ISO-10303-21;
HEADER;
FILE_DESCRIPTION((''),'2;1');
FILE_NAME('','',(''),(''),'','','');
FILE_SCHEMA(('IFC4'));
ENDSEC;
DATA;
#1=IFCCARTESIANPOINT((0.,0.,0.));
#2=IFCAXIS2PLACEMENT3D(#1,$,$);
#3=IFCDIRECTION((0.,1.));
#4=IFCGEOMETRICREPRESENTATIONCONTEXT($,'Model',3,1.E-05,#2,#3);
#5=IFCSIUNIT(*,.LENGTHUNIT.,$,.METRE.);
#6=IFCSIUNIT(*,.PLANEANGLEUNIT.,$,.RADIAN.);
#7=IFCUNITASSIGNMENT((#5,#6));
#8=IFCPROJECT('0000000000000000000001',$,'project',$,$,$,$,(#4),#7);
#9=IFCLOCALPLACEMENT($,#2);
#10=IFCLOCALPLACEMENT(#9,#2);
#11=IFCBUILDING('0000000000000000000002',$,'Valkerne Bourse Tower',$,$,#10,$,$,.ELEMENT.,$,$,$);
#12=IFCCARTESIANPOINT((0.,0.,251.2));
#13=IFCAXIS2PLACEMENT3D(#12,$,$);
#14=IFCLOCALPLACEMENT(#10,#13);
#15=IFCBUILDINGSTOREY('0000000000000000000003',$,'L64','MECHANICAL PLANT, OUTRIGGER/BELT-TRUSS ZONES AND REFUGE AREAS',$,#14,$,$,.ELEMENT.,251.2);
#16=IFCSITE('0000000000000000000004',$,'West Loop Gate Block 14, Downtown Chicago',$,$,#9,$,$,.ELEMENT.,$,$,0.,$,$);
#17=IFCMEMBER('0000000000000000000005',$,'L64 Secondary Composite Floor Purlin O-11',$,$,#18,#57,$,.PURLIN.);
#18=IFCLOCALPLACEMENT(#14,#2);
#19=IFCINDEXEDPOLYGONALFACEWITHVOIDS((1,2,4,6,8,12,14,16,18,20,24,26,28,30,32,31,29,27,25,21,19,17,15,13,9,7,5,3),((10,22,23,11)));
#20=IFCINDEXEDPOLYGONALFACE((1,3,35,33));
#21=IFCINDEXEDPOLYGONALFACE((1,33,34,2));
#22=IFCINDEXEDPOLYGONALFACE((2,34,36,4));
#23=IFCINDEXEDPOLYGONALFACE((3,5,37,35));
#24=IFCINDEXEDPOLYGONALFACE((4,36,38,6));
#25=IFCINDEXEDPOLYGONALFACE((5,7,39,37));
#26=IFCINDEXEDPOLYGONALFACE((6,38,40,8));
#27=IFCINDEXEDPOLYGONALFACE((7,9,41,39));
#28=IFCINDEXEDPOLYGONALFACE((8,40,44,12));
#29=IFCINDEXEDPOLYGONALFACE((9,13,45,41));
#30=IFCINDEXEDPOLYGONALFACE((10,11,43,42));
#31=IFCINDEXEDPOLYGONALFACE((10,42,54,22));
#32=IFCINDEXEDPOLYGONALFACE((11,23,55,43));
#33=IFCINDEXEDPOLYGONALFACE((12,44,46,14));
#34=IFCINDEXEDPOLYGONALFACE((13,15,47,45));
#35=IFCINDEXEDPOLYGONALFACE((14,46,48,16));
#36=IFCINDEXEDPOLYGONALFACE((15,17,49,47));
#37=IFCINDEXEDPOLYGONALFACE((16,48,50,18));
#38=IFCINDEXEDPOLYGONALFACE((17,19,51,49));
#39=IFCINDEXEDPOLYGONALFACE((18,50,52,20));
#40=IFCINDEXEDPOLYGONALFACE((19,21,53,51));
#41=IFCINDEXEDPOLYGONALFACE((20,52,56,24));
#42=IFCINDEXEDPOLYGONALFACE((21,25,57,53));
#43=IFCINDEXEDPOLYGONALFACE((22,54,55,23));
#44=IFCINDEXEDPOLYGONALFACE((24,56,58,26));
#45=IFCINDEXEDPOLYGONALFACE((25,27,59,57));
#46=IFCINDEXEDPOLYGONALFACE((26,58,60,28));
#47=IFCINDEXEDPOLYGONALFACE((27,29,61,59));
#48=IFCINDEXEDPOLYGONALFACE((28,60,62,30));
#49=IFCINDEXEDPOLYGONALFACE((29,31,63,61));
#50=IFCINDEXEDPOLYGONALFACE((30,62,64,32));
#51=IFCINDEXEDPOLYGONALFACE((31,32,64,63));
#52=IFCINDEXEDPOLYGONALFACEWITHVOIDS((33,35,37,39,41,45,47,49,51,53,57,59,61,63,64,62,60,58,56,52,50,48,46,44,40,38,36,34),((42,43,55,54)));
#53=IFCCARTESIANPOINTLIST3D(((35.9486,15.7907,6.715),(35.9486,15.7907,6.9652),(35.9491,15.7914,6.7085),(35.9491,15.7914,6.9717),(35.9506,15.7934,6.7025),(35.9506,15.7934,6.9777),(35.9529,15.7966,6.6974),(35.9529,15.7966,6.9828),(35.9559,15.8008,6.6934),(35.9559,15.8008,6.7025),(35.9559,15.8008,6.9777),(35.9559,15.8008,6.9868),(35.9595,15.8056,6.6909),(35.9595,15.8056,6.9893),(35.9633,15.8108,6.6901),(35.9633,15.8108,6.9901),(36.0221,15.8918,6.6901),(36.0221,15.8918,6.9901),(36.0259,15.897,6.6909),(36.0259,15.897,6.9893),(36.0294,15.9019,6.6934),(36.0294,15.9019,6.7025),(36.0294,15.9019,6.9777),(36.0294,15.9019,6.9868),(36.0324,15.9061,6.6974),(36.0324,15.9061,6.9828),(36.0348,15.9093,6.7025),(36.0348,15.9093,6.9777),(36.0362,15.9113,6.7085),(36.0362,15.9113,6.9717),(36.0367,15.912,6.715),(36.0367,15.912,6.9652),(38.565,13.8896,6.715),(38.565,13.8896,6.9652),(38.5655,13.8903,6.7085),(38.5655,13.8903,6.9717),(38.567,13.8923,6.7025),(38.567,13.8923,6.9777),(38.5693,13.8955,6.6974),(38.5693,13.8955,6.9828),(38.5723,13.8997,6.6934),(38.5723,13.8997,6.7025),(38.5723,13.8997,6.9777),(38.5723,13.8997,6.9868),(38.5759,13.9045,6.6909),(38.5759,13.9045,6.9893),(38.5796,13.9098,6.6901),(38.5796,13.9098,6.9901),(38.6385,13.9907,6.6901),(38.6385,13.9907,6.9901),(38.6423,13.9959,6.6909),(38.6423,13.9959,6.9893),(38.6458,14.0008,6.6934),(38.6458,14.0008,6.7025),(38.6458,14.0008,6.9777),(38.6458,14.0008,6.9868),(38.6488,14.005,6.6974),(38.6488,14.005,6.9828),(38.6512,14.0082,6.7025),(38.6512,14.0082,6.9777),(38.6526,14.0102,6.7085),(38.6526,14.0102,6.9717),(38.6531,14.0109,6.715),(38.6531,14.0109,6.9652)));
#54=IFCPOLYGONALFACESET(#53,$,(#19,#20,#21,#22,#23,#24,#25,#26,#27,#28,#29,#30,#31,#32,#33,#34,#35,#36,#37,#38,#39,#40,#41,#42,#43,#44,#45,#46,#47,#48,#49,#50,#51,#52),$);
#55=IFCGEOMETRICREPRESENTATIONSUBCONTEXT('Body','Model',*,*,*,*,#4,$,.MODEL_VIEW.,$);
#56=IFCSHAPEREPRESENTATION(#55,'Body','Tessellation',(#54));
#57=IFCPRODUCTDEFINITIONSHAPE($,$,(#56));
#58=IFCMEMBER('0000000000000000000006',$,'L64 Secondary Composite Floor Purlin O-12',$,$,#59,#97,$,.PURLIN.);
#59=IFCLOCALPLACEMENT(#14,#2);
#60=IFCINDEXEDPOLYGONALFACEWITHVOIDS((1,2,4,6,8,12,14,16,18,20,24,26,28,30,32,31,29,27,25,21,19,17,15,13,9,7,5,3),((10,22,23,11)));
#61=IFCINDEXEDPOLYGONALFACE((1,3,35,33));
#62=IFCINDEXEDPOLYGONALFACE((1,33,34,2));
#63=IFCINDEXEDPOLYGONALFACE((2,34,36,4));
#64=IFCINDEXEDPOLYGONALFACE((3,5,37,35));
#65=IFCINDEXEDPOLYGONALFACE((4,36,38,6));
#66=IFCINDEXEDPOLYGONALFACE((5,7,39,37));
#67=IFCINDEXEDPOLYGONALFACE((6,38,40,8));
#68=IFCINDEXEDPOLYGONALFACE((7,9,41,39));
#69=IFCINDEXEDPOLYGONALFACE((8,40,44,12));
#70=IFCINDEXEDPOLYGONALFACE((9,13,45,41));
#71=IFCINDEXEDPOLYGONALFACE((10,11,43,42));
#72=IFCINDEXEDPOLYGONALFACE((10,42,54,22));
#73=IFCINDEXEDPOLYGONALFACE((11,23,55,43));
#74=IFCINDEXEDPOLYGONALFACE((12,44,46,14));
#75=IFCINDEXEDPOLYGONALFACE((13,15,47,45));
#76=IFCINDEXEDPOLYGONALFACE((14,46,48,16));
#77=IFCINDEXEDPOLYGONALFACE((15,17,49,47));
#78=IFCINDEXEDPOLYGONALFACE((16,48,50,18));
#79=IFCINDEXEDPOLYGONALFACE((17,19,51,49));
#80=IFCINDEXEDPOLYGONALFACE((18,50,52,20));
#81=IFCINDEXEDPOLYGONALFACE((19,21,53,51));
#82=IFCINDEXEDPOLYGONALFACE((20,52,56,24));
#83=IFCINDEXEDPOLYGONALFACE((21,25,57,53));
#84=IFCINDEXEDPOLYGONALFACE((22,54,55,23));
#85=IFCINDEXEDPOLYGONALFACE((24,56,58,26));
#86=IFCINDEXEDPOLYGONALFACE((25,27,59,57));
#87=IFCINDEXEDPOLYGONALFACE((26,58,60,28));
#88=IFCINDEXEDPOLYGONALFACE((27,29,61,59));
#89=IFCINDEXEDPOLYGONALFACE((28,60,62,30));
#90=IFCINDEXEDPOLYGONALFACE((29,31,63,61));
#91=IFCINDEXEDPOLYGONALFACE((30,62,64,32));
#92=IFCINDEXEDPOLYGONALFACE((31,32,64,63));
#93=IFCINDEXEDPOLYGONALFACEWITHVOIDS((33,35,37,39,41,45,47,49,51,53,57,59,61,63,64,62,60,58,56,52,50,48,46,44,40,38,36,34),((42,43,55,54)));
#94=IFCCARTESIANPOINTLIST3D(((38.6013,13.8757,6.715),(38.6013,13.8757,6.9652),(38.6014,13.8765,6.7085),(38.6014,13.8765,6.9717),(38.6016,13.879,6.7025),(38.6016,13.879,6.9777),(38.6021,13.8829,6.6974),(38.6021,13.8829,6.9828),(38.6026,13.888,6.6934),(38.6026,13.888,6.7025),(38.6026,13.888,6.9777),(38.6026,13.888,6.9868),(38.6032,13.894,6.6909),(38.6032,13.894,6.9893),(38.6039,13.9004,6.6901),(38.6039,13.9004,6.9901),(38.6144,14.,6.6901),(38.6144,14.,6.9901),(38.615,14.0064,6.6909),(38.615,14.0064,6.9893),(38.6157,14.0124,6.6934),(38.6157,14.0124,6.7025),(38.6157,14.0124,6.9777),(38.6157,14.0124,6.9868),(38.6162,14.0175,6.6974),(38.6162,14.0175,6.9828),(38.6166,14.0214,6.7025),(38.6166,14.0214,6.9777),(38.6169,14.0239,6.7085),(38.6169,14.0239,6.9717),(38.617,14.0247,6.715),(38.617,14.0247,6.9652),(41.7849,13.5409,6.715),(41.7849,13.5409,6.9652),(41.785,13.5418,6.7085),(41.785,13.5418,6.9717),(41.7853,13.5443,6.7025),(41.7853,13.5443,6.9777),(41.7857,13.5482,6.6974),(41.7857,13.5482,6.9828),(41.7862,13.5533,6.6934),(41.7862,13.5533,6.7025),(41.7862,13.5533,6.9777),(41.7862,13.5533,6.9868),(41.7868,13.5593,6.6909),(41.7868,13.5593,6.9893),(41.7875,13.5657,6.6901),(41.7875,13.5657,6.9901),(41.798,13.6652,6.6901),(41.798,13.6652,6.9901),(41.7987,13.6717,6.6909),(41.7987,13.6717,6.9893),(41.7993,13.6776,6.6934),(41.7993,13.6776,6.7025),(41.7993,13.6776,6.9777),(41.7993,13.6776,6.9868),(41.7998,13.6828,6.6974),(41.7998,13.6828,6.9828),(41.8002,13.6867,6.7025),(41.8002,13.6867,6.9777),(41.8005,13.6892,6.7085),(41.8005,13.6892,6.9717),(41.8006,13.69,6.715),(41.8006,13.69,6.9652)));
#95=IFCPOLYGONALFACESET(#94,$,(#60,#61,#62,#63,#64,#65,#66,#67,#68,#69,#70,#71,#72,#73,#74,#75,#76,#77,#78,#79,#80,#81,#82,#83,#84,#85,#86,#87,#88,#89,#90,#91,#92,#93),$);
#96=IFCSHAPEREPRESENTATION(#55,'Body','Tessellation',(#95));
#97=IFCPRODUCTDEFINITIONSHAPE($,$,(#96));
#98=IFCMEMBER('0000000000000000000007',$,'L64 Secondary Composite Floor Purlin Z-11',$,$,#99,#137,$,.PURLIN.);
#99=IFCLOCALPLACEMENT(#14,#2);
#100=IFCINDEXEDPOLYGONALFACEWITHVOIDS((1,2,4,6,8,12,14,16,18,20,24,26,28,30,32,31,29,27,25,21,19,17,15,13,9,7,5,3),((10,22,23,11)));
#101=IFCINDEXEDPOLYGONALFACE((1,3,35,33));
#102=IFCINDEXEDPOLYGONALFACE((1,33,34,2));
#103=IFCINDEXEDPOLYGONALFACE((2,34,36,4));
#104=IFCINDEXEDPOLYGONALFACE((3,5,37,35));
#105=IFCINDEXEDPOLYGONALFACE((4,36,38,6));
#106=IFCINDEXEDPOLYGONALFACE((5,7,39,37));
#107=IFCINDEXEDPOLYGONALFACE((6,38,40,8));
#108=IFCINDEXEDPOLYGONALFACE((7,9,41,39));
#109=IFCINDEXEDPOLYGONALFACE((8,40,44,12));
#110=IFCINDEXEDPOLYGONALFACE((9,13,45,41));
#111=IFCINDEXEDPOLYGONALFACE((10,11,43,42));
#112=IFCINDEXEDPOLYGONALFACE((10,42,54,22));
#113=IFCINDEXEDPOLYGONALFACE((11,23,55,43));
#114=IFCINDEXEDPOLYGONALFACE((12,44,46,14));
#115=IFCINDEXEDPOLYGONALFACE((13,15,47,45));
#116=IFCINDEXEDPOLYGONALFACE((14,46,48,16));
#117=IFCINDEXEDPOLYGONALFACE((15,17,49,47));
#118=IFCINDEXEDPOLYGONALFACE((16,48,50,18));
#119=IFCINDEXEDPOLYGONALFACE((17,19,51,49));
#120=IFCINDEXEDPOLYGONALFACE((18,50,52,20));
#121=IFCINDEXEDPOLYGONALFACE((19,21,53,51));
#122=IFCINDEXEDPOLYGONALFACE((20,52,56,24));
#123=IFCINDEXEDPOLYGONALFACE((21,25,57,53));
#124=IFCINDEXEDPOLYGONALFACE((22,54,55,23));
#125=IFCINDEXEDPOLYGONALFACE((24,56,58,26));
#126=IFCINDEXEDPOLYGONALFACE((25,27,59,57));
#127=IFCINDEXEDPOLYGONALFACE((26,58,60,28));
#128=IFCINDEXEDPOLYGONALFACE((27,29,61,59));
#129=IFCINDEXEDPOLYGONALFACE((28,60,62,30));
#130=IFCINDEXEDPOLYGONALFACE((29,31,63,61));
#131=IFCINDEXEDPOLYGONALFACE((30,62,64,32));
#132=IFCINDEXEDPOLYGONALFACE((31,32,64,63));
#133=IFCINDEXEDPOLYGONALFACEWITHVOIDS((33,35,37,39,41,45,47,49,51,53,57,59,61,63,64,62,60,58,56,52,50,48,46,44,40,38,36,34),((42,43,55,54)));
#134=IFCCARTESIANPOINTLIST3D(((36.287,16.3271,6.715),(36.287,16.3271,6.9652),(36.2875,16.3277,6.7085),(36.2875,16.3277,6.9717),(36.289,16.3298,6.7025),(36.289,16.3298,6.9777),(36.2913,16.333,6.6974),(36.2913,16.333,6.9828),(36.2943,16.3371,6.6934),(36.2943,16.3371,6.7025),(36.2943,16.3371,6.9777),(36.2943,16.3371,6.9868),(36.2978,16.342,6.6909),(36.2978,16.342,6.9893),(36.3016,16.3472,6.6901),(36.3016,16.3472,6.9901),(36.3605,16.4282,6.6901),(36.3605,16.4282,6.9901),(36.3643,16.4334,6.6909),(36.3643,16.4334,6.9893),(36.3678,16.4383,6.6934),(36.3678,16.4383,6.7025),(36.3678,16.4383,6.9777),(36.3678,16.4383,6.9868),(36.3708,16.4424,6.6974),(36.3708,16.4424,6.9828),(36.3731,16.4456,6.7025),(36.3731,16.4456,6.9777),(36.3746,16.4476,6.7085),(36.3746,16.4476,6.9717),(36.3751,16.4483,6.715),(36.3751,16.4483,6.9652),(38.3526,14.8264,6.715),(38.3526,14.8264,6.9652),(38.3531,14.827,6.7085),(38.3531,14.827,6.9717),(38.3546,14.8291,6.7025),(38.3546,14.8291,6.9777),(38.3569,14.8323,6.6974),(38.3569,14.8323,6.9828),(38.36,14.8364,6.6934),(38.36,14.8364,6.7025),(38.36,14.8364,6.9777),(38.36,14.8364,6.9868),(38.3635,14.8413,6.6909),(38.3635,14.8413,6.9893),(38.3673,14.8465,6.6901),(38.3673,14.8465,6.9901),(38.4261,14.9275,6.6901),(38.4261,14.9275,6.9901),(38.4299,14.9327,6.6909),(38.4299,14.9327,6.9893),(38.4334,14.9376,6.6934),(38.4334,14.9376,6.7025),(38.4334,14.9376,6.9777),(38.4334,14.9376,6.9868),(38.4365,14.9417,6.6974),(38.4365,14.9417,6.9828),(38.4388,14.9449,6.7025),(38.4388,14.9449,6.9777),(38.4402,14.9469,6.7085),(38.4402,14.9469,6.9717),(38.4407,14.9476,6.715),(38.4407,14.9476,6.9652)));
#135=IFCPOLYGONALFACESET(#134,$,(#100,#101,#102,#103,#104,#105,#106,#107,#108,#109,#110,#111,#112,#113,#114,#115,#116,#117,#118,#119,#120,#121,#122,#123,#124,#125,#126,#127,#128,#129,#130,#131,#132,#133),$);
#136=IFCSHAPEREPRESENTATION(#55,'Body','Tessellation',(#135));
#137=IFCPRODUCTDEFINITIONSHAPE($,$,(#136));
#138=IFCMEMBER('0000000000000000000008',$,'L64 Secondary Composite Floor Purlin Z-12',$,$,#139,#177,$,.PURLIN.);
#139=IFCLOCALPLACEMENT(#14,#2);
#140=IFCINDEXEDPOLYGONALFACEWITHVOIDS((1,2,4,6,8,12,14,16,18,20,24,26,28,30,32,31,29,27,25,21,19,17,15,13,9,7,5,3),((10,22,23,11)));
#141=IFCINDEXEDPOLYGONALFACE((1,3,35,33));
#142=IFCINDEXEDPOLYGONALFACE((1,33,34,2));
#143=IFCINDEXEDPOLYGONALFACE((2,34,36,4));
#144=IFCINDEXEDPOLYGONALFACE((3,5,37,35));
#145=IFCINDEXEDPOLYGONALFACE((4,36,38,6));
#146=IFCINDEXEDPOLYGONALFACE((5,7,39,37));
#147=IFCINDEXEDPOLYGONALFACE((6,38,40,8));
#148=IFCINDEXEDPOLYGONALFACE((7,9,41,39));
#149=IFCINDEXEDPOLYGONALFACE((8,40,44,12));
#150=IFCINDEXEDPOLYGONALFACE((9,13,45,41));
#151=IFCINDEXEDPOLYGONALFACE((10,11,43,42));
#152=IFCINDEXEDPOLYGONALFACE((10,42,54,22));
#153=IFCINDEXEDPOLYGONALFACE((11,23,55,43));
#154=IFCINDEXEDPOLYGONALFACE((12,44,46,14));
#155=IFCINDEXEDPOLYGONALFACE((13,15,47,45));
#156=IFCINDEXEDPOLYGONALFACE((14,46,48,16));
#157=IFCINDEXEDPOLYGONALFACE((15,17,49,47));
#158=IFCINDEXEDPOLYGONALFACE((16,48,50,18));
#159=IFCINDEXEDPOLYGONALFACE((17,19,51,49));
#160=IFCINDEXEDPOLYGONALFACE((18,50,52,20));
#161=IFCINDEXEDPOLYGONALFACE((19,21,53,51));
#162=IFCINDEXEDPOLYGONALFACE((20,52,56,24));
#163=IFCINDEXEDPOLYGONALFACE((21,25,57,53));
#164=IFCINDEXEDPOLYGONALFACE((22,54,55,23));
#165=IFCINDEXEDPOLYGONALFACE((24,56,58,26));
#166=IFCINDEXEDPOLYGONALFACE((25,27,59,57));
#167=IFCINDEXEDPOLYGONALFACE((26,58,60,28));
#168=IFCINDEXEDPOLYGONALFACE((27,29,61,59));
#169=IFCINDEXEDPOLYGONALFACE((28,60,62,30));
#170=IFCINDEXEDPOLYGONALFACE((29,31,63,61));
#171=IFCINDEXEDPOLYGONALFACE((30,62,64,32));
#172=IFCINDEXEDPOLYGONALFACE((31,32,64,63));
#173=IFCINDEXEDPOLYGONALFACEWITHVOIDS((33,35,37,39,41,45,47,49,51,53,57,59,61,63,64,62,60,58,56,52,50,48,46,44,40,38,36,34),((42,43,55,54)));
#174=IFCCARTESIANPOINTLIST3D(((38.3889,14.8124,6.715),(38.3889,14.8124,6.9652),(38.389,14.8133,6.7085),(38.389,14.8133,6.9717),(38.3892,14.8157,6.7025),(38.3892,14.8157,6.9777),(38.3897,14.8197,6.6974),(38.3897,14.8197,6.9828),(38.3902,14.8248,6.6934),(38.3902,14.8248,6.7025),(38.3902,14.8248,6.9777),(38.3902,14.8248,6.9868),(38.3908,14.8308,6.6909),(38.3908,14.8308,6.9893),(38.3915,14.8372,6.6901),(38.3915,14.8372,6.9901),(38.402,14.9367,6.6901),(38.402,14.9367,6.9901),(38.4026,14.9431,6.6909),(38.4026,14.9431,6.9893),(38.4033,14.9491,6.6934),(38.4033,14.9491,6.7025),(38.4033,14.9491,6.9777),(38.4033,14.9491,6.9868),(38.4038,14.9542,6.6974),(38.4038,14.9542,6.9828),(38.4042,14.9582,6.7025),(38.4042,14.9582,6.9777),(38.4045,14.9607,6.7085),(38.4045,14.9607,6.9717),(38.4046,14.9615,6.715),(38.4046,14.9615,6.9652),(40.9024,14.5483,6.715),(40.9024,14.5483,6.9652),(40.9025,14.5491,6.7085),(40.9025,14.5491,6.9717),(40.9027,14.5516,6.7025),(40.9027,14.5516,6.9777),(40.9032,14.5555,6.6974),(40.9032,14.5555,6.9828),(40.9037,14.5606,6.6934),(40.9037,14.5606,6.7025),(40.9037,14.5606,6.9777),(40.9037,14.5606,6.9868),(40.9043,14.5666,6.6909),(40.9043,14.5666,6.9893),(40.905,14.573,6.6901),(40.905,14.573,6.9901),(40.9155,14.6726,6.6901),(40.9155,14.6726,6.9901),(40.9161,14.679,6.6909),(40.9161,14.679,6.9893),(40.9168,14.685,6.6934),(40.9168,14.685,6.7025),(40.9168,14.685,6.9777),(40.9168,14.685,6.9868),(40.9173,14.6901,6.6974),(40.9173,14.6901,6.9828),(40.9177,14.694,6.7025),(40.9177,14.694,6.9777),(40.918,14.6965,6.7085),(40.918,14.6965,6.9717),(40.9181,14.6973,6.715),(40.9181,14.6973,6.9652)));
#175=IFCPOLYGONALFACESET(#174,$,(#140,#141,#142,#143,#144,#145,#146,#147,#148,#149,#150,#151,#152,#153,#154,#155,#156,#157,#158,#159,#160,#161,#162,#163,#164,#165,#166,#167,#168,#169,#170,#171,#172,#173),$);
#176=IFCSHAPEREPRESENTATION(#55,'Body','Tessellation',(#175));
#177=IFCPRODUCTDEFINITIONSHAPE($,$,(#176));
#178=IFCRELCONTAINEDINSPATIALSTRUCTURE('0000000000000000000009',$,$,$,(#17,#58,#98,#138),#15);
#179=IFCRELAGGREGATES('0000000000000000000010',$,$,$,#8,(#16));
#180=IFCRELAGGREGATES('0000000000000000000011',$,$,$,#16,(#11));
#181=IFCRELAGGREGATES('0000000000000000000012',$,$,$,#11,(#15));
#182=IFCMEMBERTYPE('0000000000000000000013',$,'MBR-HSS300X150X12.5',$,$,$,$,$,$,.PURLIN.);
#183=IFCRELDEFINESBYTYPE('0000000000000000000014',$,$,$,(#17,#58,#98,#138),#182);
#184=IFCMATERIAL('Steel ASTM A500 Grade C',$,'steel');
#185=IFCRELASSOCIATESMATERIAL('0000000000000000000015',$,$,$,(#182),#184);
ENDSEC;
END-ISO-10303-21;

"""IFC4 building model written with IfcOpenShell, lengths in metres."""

from ifc_helpers import new_model, si_unit, direction, frame, origin, origin_2d, place, context, subcontext, project, spatial, hollow_rectangle, extrude, material, material_profile, profile_set, type_object, element, save


model = new_model("IFC4")

# Units and contexts
model_context = context("Model", 3, precision=1e-05, world=origin(), true_north=direction((0.0, 1.0)))
body_context = subcontext(model_context, "Body", "Model", "MODEL_VIEW")
ifc_project = project(units=[si_unit("LENGTHUNIT", "METRE"), si_unit("PLANEANGLEUNIT", "RADIAN")], contexts=[model_context])

# Site, building, storey
site_placement = place(None, origin())
site = spatial("IfcSite", under=ifc_project, at=site_placement, Name="West Loop Gate Block 14, Downtown Chicago", CompositionType="ELEMENT", RefElevation=0.0)
building_placement = place(site_placement, origin())
building = spatial("IfcBuilding", under=site, at=building_placement, Name="Valkerne Bourse Tower", CompositionType="ELEMENT")
storey_placement = place(building_placement, frame((0.0, 0.0, 251.2)))
storey = spatial("IfcBuildingStorey", under=building, at=storey_placement, Name="L64", Description="MECHANICAL PLANT, OUTRIGGER/BELT-TRUSS ZONES AND REFUGE AREAS", CompositionType="ELEMENT", Elevation=251.2)

# Members
ifc_material_1 = material(Name="Steel ASTM A500 Grade C", Category="steel")
ifc_material_profile_1 = material_profile(ifc_material_1, hollow_rectangle(XDim=0.1499, YDim=0.3, WallThickness=0.0125, OuterFilletRadius=0.0249, at=origin_2d()), Name="HSS300X150X12.5")
ifc_profile_set_1 = profile_set([ifc_material_profile_1], Name="Steel ASTM A500 Grade C")
member_type_1 = type_object("IfcMemberType", Name="MBR-HSS300X150X12.5", PredefinedType="PURLIN", material=ifc_profile_set_1)
member_1_placement = place(storey_placement, frame((35.9927, 15.8513, 6.8401), z_axis=(0.808994, -0.587817, 0.0), x_axis=(0.587817, 0.808994, 0.0)))
element("IfcMember", 1, at=member_1_placement, inside=storey, type_object=member_type_1, Name="L64 Secondary Composite Floor Purlin O-11", PredefinedType="PURLIN", context=body_context, shape_type="SweptSolid", body=[
    extrude(hollow_rectangle(XDim=0.1499, YDim=0.3, WallThickness=0.0125, OuterFilletRadius=0.0249, at=origin_2d()), origin(), (0.0, 0.0, 1.0), 3.2341),
])
member_2_placement = place(storey_placement, frame((38.6091, 13.9502, 6.8401), z_axis=(0.994518, -0.104562, 0.0), x_axis=(0.104562, 0.994518, 0.0)))
element("IfcMember", 2, at=member_2_placement, inside=storey, type_object=member_type_1, Name="L64 Secondary Composite Floor Purlin O-12", PredefinedType="PURLIN", context=body_context, shape_type="SweptSolid", body=[
    extrude(hollow_rectangle(XDim=0.1499, YDim=0.3, WallThickness=0.0125, OuterFilletRadius=0.0249, at=origin_2d()), origin(), (0.0, 0.0, 1.0), 3.2012),
])
member_3_placement = place(storey_placement, frame((36.3311, 16.3877, 6.8401), z_axis=(0.80903, -0.587768, 0.0), x_axis=(0.587768, 0.80903, 0.0)))
element("IfcMember", 3, at=member_3_placement, inside=storey, type_object=member_type_1, Name="L64 Secondary Composite Floor Purlin Z-11", PredefinedType="PURLIN", context=body_context, shape_type="SweptSolid", body=[
    extrude(hollow_rectangle(XDim=0.1499, YDim=0.3, WallThickness=0.0125, OuterFilletRadius=0.0249, at=origin_2d()), origin(), (0.0, 0.0, 1.0), 2.5532),
])
member_4_placement = place(storey_placement, frame((38.3967, 14.887, 6.8401), z_axis=(0.994522, -0.104524, 0.0), x_axis=(0.104524, 0.994522, 0.0)))
element("IfcMember", 4, at=member_4_placement, inside=storey, type_object=member_type_1, Name="L64 Secondary Composite Floor Purlin Z-12", PredefinedType="PURLIN", context=body_context, shape_type="SweptSolid", body=[
    extrude(hollow_rectangle(XDim=0.1499, YDim=0.3, WallThickness=0.0125, OuterFilletRadius=0.0249, at=origin_2d()), origin(), (0.0, 0.0, 1.0), 2.5273),
])

save(model, "model.ifc")
